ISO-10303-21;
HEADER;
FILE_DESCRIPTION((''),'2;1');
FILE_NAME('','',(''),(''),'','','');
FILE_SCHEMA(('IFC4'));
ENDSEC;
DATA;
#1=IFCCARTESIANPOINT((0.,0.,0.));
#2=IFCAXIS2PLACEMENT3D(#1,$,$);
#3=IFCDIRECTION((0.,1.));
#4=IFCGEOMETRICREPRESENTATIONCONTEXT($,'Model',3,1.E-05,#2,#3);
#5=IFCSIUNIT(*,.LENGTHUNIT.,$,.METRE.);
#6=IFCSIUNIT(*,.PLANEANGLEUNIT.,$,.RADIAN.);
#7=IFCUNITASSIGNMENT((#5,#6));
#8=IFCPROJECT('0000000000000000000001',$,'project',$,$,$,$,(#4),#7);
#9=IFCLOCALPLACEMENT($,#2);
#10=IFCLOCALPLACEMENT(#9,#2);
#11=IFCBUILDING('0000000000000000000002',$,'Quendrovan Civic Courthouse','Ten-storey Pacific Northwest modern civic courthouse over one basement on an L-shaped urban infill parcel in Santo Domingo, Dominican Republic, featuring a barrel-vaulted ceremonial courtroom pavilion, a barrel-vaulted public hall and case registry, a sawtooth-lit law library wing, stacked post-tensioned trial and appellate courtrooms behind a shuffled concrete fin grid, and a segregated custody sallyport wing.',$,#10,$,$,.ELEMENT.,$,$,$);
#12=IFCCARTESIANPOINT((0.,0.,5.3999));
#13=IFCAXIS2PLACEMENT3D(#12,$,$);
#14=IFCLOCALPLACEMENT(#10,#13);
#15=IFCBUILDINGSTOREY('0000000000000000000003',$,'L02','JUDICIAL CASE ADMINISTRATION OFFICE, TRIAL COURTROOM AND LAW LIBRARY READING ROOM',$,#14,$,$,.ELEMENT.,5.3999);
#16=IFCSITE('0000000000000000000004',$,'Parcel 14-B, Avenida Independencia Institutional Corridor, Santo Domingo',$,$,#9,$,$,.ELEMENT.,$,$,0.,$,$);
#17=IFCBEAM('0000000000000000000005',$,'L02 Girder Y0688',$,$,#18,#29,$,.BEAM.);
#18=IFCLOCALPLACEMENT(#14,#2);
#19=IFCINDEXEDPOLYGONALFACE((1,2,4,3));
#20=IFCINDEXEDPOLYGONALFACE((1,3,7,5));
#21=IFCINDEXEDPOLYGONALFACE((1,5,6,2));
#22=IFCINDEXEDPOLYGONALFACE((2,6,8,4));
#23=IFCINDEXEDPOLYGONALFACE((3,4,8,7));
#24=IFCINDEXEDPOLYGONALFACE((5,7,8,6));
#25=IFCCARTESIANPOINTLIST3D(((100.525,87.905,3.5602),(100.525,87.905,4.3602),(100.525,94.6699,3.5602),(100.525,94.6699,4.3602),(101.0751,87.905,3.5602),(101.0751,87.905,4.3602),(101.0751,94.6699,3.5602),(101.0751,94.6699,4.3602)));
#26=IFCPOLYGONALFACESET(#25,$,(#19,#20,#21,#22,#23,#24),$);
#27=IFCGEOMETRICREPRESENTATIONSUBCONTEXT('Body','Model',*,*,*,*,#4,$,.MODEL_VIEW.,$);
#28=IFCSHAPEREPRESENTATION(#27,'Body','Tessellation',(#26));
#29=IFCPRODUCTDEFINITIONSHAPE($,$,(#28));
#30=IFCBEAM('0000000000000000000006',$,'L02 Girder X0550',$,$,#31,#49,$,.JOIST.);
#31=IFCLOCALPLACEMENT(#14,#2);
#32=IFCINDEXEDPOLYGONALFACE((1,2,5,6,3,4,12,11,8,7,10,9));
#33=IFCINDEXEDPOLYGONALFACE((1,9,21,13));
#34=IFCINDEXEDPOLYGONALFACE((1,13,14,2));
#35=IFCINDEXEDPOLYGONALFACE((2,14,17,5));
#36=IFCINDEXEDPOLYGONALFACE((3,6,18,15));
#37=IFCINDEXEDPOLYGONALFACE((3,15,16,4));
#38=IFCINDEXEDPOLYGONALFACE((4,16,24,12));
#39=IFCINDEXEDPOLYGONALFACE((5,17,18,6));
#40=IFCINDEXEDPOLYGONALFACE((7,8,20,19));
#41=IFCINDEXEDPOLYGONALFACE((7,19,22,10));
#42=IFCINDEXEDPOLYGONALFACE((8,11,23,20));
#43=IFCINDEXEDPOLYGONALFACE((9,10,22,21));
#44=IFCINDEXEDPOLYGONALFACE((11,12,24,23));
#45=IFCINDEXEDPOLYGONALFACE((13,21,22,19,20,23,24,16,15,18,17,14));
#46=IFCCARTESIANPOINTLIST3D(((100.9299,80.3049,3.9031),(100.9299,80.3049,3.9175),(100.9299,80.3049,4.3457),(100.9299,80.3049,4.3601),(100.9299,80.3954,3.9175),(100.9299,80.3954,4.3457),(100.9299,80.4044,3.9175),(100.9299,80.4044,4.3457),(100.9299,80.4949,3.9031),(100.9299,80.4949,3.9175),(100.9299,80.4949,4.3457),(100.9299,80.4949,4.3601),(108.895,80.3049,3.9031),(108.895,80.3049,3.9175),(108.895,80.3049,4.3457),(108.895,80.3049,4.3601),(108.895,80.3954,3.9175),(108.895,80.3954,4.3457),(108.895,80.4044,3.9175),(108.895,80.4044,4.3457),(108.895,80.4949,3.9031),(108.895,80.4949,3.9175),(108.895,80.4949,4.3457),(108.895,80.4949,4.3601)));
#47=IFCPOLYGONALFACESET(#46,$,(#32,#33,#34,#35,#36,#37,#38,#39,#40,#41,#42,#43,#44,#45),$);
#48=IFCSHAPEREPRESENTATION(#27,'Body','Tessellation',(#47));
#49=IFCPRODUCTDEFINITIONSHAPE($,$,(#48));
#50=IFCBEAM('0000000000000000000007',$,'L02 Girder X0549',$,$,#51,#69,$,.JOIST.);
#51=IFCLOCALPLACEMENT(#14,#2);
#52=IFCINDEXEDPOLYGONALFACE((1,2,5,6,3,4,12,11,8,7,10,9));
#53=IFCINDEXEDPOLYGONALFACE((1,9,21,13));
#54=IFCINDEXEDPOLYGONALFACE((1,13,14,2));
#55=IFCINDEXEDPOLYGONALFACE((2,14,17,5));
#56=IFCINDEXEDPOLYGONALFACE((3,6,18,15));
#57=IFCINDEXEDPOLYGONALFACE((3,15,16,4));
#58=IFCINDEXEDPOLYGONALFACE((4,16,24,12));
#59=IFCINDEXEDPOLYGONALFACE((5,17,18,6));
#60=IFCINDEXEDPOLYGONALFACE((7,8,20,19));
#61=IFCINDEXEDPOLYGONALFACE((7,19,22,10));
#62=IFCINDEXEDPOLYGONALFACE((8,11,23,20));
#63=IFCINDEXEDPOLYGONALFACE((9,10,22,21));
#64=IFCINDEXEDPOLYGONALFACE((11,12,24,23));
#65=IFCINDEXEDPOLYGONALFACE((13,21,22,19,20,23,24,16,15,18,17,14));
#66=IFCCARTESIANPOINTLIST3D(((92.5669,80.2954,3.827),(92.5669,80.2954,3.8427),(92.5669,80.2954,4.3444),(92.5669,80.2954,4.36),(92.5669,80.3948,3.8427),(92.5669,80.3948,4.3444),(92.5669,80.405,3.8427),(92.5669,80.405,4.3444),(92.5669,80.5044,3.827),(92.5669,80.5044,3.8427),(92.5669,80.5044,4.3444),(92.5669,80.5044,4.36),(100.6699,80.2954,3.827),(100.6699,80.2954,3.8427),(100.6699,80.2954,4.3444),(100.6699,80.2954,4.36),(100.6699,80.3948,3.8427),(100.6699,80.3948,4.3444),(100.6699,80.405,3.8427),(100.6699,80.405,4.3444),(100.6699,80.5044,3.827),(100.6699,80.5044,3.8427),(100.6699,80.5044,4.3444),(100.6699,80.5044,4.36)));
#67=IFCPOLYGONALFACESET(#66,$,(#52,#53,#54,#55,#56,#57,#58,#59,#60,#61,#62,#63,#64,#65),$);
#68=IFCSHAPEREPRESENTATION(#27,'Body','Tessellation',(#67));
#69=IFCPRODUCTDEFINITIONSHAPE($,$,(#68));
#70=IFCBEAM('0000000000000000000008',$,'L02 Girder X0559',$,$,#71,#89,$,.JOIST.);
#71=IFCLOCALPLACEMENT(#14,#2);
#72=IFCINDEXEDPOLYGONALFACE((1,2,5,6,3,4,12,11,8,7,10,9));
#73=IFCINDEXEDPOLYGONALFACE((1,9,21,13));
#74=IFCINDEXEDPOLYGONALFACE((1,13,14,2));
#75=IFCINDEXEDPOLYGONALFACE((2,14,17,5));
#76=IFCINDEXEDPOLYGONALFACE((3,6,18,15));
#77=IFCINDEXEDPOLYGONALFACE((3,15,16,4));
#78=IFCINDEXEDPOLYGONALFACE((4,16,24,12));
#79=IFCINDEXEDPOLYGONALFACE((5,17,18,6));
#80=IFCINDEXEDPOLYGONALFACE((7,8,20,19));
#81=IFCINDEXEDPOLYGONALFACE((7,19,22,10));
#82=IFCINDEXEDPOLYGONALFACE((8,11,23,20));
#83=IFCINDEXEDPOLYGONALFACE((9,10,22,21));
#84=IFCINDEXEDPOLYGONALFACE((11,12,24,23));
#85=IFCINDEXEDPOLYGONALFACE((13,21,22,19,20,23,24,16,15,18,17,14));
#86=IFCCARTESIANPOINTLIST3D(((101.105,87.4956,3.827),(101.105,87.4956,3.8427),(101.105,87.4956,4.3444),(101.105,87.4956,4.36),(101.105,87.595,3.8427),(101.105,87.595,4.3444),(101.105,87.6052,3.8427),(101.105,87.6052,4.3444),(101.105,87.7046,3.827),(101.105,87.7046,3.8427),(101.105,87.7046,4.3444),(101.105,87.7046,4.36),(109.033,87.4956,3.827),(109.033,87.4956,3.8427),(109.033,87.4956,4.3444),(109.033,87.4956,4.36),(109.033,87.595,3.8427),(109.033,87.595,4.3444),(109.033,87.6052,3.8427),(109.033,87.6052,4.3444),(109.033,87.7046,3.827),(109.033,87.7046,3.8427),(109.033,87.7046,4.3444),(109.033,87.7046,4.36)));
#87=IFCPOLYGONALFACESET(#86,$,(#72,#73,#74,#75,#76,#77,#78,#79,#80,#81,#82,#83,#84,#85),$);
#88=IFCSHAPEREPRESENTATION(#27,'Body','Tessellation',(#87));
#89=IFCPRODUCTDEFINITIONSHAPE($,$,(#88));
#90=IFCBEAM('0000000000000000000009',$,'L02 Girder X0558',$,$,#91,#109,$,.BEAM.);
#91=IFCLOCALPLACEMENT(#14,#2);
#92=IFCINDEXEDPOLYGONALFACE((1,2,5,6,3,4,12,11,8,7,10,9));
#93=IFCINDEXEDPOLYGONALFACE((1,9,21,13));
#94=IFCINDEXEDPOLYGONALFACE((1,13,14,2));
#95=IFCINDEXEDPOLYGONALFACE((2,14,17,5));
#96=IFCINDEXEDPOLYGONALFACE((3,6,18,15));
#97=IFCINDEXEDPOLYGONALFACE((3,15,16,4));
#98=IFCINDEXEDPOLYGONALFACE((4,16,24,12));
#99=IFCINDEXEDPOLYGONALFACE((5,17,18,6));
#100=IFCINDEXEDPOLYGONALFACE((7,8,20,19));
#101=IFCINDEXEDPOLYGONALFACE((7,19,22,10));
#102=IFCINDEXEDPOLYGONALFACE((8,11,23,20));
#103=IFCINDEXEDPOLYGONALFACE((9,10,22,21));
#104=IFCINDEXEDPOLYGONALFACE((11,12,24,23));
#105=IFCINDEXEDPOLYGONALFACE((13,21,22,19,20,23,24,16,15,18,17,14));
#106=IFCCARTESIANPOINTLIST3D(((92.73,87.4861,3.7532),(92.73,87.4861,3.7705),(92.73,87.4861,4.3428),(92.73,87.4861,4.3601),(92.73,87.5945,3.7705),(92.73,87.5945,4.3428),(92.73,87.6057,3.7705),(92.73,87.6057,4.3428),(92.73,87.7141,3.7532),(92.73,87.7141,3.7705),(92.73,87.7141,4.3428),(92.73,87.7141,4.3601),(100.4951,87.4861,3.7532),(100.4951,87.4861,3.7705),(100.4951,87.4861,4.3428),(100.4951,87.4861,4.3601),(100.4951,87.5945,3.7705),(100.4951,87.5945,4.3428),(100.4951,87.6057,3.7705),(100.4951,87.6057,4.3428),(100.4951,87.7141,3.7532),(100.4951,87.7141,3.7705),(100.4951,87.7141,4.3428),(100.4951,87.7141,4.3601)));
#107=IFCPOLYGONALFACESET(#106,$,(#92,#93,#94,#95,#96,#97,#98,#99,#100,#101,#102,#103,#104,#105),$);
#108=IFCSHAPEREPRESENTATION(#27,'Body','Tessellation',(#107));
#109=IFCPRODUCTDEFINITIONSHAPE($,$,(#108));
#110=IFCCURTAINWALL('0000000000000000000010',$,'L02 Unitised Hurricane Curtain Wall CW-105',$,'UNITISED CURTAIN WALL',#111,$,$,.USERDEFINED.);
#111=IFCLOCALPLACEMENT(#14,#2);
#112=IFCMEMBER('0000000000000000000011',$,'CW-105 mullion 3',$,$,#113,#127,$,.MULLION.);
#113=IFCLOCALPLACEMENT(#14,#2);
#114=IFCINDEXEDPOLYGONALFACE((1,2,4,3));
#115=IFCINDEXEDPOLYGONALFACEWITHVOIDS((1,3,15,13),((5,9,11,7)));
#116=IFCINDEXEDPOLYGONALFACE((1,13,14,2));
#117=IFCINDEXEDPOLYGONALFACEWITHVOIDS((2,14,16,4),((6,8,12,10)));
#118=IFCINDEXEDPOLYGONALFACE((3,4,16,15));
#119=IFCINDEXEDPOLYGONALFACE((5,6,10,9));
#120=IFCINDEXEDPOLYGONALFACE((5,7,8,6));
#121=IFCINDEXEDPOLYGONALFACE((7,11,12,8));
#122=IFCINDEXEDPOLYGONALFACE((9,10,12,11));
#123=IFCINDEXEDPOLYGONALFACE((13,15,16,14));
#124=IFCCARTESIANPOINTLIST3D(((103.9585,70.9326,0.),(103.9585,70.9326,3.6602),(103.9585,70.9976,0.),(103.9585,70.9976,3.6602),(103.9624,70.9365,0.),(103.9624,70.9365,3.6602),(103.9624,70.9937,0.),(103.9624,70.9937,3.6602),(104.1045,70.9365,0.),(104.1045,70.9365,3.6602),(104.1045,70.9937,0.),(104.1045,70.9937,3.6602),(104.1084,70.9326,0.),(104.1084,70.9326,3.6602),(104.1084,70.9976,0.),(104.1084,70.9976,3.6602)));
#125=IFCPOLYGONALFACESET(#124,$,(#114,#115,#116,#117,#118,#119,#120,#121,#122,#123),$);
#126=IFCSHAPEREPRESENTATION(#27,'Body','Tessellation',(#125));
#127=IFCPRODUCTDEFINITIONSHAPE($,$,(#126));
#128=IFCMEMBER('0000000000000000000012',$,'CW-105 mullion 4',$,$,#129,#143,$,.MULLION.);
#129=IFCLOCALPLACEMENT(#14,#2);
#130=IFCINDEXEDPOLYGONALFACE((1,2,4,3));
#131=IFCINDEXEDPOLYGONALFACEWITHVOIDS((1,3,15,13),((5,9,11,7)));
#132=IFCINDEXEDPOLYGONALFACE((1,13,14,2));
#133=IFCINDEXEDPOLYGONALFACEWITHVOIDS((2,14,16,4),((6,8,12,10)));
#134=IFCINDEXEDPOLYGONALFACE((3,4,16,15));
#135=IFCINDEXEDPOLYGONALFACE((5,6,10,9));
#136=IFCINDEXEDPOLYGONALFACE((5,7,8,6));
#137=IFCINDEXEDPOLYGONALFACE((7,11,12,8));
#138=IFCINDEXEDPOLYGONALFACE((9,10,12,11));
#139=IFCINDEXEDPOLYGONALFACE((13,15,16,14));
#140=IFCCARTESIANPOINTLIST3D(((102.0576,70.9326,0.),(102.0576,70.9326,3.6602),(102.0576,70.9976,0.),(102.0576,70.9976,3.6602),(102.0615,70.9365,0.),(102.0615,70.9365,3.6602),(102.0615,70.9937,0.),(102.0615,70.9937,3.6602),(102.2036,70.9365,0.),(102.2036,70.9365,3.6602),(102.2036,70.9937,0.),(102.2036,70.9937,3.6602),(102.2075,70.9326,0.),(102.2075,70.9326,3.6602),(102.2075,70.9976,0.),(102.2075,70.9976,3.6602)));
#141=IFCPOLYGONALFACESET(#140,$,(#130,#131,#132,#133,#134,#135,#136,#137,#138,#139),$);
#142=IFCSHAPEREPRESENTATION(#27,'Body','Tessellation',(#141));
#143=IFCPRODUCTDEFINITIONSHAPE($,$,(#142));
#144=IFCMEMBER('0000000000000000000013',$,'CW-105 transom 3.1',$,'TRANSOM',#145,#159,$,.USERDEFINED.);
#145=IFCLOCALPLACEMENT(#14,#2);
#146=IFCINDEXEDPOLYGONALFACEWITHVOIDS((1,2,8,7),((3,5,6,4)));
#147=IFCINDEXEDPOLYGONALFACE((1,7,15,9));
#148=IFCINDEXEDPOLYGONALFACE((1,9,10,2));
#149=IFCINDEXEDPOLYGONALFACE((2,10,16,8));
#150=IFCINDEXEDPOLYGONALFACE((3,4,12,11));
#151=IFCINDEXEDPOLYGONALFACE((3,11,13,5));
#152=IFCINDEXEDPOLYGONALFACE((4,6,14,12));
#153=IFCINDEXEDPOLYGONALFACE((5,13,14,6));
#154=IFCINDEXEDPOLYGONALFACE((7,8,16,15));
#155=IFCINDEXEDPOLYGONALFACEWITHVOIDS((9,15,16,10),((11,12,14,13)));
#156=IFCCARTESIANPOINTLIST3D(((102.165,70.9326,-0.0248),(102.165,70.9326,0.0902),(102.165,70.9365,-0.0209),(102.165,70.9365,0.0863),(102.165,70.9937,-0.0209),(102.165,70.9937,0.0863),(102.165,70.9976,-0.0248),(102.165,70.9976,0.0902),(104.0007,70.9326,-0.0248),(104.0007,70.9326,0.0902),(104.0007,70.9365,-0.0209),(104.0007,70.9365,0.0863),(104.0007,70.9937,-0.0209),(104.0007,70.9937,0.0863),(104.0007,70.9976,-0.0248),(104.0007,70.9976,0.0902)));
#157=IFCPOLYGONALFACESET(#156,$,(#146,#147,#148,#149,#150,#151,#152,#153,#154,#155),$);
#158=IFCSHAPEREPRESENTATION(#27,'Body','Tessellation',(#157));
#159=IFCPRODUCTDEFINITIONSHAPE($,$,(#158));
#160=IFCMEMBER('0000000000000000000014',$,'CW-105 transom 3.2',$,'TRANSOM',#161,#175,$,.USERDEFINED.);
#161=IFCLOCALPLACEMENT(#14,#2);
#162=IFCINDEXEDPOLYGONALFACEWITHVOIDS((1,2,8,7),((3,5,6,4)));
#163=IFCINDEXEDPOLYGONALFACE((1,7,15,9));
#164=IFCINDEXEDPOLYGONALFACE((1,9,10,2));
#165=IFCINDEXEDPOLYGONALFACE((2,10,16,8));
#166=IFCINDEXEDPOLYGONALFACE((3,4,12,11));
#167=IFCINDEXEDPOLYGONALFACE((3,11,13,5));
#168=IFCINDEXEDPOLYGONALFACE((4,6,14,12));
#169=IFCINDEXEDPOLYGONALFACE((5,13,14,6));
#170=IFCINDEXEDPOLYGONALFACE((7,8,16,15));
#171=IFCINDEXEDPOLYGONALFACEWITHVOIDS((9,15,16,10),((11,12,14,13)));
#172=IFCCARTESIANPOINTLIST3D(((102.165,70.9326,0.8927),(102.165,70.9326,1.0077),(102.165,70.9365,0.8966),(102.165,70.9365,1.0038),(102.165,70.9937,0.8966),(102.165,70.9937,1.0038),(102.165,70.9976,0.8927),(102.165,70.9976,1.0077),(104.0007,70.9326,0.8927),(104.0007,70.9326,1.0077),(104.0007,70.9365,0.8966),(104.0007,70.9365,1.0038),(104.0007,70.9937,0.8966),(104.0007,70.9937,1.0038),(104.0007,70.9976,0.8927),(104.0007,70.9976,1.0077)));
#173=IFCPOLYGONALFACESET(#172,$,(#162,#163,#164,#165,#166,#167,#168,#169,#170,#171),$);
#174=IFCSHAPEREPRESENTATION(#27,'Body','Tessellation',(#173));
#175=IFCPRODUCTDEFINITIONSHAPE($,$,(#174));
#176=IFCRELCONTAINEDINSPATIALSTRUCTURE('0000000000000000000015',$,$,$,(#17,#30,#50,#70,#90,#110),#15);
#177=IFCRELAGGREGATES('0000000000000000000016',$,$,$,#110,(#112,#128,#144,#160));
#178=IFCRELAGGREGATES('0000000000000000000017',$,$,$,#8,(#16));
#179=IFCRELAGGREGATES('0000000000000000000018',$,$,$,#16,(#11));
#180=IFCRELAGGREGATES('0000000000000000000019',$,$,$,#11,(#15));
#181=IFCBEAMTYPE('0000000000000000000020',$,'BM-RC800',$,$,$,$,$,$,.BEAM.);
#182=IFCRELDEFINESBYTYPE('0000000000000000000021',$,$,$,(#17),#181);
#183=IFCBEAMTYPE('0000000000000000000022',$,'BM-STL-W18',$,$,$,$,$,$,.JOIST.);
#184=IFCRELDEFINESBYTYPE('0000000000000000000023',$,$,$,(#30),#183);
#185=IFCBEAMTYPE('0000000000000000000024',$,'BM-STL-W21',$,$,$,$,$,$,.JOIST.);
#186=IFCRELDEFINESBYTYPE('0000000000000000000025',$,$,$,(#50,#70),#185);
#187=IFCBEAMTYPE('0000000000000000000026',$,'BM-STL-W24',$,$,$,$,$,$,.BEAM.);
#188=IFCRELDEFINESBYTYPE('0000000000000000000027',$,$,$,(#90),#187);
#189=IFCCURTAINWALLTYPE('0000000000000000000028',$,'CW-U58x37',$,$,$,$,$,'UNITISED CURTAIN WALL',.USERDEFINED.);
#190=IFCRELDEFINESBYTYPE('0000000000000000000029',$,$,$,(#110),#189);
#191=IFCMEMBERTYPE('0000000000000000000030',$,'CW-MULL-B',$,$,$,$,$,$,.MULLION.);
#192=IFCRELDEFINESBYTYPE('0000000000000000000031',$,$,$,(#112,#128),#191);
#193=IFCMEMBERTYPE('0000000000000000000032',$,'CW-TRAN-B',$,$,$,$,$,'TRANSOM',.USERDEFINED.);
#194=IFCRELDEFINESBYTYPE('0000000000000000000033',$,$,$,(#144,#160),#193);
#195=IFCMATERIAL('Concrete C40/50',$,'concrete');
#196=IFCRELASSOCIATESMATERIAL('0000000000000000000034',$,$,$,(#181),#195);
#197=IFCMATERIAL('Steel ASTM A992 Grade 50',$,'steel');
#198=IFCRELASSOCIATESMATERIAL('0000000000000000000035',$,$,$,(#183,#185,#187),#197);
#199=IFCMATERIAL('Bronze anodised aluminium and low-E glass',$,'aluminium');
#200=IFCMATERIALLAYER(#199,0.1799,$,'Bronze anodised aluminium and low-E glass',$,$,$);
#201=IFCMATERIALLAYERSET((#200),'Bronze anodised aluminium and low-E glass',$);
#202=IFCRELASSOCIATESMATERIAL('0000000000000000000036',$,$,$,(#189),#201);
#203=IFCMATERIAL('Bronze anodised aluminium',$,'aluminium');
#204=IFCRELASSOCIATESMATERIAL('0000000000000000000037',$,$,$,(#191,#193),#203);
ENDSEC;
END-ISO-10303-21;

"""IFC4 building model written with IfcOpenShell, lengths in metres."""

from ifc_helpers import new_model, si_unit, direction, frame, origin, origin_2d, place, context, subcontext, project, spatial, rectangle, hollow_rectangle, i_section, extrude, material, layer, layer_set, material_profile, profile_set, type_object, element, aggregate, save


model = new_model("IFC4")

# Units and contexts
model_context = context("Model", 3, precision=1e-05, world=origin(), true_north=direction((0.0, 1.0)))
body_context = subcontext(model_context, "Body", "Model", "MODEL_VIEW")
ifc_project = project(units=[si_unit("LENGTHUNIT", "METRE"), si_unit("PLANEANGLEUNIT", "RADIAN")], contexts=[model_context])

# Site, building, storey
site_placement = place(None, origin())
site = spatial("IfcSite", under=ifc_project, at=site_placement, Name="Parcel 14-B, Avenida Independencia Institutional Corridor, Santo Domingo", CompositionType="ELEMENT", RefElevation=0.0)
building_placement = place(site_placement, origin())
building = spatial("IfcBuilding", under=site, at=building_placement, Name="Quendrovan Civic Courthouse", Description="Ten-storey Pacific Northwest modern civic courthouse over one basement on an L-shaped urban infill parcel in Santo Domingo, Dominican Republic, featuring a barrel-vaulted ceremonial courtroom pavilion, a barrel-vaulted public hall and case registry, a sawtooth-lit law library wing, stacked post-tensioned trial and appellate courtrooms behind a shuffled concrete fin grid, and a segregated custody sallyport wing.", CompositionType="ELEMENT")
storey_placement = place(building_placement, frame((0.0, 0.0, 5.3999)))
storey = spatial("IfcBuildingStorey", under=building, at=storey_placement, Name="L02", Description="JUDICIAL CASE ADMINISTRATION OFFICE, TRIAL COURTROOM AND LAW LIBRARY READING ROOM", CompositionType="ELEMENT", Elevation=5.3999)

# Shared definitions
ifc_material_1 = material(Name="Steel ASTM A992 Grade 50", Category="steel")

# Beams
ifc_material_2 = material(Name="Concrete C40/50", Category="concrete")
ifc_material_profile_1 = material_profile(ifc_material_2, rectangle(XDim=0.55, YDim=0.8, at=origin_2d()), Name="RC-BM-550x800")
ifc_profile_set_1 = profile_set([ifc_material_profile_1], Name="Concrete C40/50")
beam_type_1 = type_object("IfcBeamType", Name="BM-RC800", PredefinedType="BEAM", material=ifc_profile_set_1)
for number, where, z_axis, x_axis, name in (
    (1, (100.8, 87.905, 3.9602), (0.0, 1.0, 0.0), (-1.0, 0.0, 0.0), "L02 Girder Y0688"),
):
    element("IfcBeam", number, at=place(storey_placement, frame(where, z_axis=z_axis, x_axis=x_axis)), inside=storey, type_object=beam_type_1, Name=name, PredefinedType="BEAM", context=body_context, shape_type="SweptSolid", body=[
        extrude(rectangle(XDim=0.55, YDim=0.8, at=origin_2d()), origin(), (0.0, 0.0, 1.0), 6.7649),
    ])
ifc_material_profile_2 = material_profile(ifc_material_1, i_section(OverallWidth=0.1899, OverallDepth=0.457, WebThickness=0.009, FlangeThickness=0.0144, at=origin_2d()), Name="W18X50")
ifc_profile_set_2 = profile_set([ifc_material_profile_2], Name="Steel ASTM A992 Grade 50")
beam_type_2 = type_object("IfcBeamType", Name="BM-STL-W18", PredefinedType="JOIST", material=ifc_profile_set_2)
beam_1_placement = place(storey_placement, frame((100.9299, 80.3999, 4.1316), z_axis=(1.0, 0.0, 0.0), x_axis=(0.0, 1.0, 0.0)))
element("IfcBeam", 2, at=beam_1_placement, inside=storey, type_object=beam_type_2, Name="L02 Girder X0550", PredefinedType="JOIST", context=body_context, shape_type="SweptSolid", body=[
    extrude(i_section(OverallWidth=0.1899, OverallDepth=0.457, WebThickness=0.009, FlangeThickness=0.0144, at=origin_2d()), origin(), (0.0, 0.0, 1.0), 7.9651),
])
ifc_material_profile_3 = material_profile(ifc_material_1, i_section(OverallWidth=0.209, OverallDepth=0.533, WebThickness=0.0103, FlangeThickness=0.0156, at=origin_2d()), Name="W21X62")
ifc_profile_set_3 = profile_set([ifc_material_profile_3], Name="Steel ASTM A992 Grade 50")
beam_type_3 = type_object("IfcBeamType", Name="BM-STL-W21", PredefinedType="JOIST", material=ifc_profile_set_3)
beam_2_placement = place(storey_placement, frame((92.5669, 80.3999, 4.0935), z_axis=(1.0, 0.0, 0.0), x_axis=(0.0, 1.0, 0.0)))
element("IfcBeam", 3, at=beam_2_placement, inside=storey, type_object=beam_type_3, Name="L02 Girder X0549", PredefinedType="JOIST", context=body_context, shape_type="SweptSolid", body=[
    extrude(i_section(OverallWidth=0.209, OverallDepth=0.533, WebThickness=0.0103, FlangeThickness=0.0156, at=origin_2d()), origin(), (0.0, 0.0, 1.0), 8.103),
])
beam_3_placement = place(storey_placement, frame((101.105, 87.6001, 4.0935), z_axis=(1.0, 0.0, 0.0), x_axis=(0.0, 1.0, 0.0)))
element("IfcBeam", 4, at=beam_3_placement, inside=storey, type_object=beam_type_3, Name="L02 Girder X0559", PredefinedType="JOIST", context=body_context, shape_type="SweptSolid", body=[
    extrude(i_section(OverallWidth=0.209, OverallDepth=0.533, WebThickness=0.0103, FlangeThickness=0.0156, at=origin_2d()), origin(), (0.0, 0.0, 1.0), 7.928),
])
ifc_material_profile_4 = material_profile(ifc_material_1, i_section(OverallWidth=0.228, OverallDepth=0.6069, WebThickness=0.0112, FlangeThickness=0.0173, at=origin_2d()), Name="W24X76")
ifc_profile_set_4 = profile_set([ifc_material_profile_4], Name="Steel ASTM A992 Grade 50")
beam_type_4 = type_object("IfcBeamType", Name="BM-STL-W24", PredefinedType="BEAM", material=ifc_profile_set_4)
beam_4_placement = place(storey_placement, frame((92.73, 87.6001, 4.0566), z_axis=(1.0, 0.0, 0.0), x_axis=(0.0, 1.0, 0.0)))
element("IfcBeam", 5, at=beam_4_placement, inside=storey, type_object=beam_type_4, Name="L02 Girder X0558", PredefinedType="BEAM", context=body_context, shape_type="SweptSolid", body=[
    extrude(i_section(OverallWidth=0.228, OverallDepth=0.6069, WebThickness=0.0112, FlangeThickness=0.0173, at=origin_2d()), origin(), (0.0, 0.0, 1.0), 7.7651),
])

# Curtain wall, members
ifc_material_3 = material(Name="Bronze anodised aluminium and low-E glass", Category="aluminium")
ifc_layer_1 = layer(ifc_material_3, 0.1799, Name="Bronze anodised aluminium and low-E glass")
ifc_layer_set_1 = layer_set([ifc_layer_1], Name="Bronze anodised aluminium and low-E glass")
curtain_wall_type = type_object("IfcCurtainWallType", Name="CW-U58x37", ElementType="UNITISED CURTAIN WALL", PredefinedType="USERDEFINED", material=ifc_layer_set_1)
curtain_wall_placement = place(storey_placement, origin())
curtain_wall = element("IfcCurtainWall", 6, at=curtain_wall_placement, inside=storey, type_object=curtain_wall_type, Name="L02 Unitised Hurricane Curtain Wall CW-105", ObjectType="UNITISED CURTAIN WALL", PredefinedType="USERDEFINED")
ifc_material_4 = material(Name="Bronze anodised aluminium", Category="aluminium")
ifc_material_profile_5 = material_profile(ifc_material_4, hollow_rectangle(XDim=0.0649, YDim=0.1499, WallThickness=0.0039, at=origin_2d()), Name="CW-MULL-65x150")
ifc_profile_set_5 = profile_set([ifc_material_profile_5], Name="Bronze anodised aluminium")
member_type_1 = type_object("IfcMemberType", Name="CW-MULL-B", PredefinedType="MULLION", material=ifc_profile_set_5)
member_1_placement = place(storey_placement, frame((104.0334, 70.9651, 0.0), z_axis=(0.0, 0.0, 1.0), x_axis=(0.0, -1.0, 0.0)))
member_1 = element("IfcMember", 7, at=member_1_placement, type_object=member_type_1, Name="CW-105 mullion 3", PredefinedType="MULLION", context=body_context, shape_type="SweptSolid", body=[
    extrude(hollow_rectangle(XDim=0.0649, YDim=0.1499, WallThickness=0.0039, at=origin_2d()), origin(), (0.0, 0.0, 1.0), 3.6602),
])
member_2_placement = place(storey_placement, frame((102.1326, 70.9651, 0.0), z_axis=(0.0, 0.0, 1.0), x_axis=(0.0, -1.0, 0.0)))
member_2 = element("IfcMember", 8, at=member_2_placement, type_object=member_type_1, Name="CW-105 mullion 4", PredefinedType="MULLION", context=body_context, shape_type="SweptSolid", body=[
    extrude(hollow_rectangle(XDim=0.0649, YDim=0.1499, WallThickness=0.0039, at=origin_2d()), origin(), (0.0, 0.0, 1.0), 3.6602),
])
ifc_material_profile_6 = material_profile(ifc_material_4, hollow_rectangle(XDim=0.0649, YDim=0.115, WallThickness=0.0039, at=origin_2d()), Name="CW-TRAN-65x115")
ifc_profile_set_6 = profile_set([ifc_material_profile_6], Name="Bronze anodised aluminium")
member_type_2 = type_object("IfcMemberType", Name="CW-TRAN-B", ElementType="TRANSOM", PredefinedType="USERDEFINED", material=ifc_profile_set_6)
member_3_placement = place(storey_placement, frame((104.0007, 70.9651, 0.0327), z_axis=(-1.0, 0.0, 0.0), x_axis=(0.0, -1.0, 0.0)))
member_3 = element("IfcMember", 9, at=member_3_placement, type_object=member_type_2, Name="CW-105 transom 3.1", ObjectType="TRANSOM", PredefinedType="USERDEFINED", context=body_context, shape_type="SweptSolid", body=[
    extrude(hollow_rectangle(XDim=0.0649, YDim=0.115, WallThickness=0.0039, at=origin_2d()), origin(), (0.0, 0.0, 1.0), 1.8357),
])
member_4_placement = place(storey_placement, frame((104.0007, 70.9651, 0.9502), z_axis=(-1.0, 0.0, 0.0), x_axis=(0.0, -1.0, 0.0)))
member_4 = element("IfcMember", 10, at=member_4_placement, type_object=member_type_2, Name="CW-105 transom 3.2", ObjectType="TRANSOM", PredefinedType="USERDEFINED", context=body_context, shape_type="SweptSolid", body=[
    extrude(hollow_rectangle(XDim=0.0649, YDim=0.115, WallThickness=0.0039, at=origin_2d()), origin(), (0.0, 0.0, 1.0), 1.8357),
])
aggregate(curtain_wall, [member_1, member_2, member_3, member_4])

save(model, "model.ifc")
